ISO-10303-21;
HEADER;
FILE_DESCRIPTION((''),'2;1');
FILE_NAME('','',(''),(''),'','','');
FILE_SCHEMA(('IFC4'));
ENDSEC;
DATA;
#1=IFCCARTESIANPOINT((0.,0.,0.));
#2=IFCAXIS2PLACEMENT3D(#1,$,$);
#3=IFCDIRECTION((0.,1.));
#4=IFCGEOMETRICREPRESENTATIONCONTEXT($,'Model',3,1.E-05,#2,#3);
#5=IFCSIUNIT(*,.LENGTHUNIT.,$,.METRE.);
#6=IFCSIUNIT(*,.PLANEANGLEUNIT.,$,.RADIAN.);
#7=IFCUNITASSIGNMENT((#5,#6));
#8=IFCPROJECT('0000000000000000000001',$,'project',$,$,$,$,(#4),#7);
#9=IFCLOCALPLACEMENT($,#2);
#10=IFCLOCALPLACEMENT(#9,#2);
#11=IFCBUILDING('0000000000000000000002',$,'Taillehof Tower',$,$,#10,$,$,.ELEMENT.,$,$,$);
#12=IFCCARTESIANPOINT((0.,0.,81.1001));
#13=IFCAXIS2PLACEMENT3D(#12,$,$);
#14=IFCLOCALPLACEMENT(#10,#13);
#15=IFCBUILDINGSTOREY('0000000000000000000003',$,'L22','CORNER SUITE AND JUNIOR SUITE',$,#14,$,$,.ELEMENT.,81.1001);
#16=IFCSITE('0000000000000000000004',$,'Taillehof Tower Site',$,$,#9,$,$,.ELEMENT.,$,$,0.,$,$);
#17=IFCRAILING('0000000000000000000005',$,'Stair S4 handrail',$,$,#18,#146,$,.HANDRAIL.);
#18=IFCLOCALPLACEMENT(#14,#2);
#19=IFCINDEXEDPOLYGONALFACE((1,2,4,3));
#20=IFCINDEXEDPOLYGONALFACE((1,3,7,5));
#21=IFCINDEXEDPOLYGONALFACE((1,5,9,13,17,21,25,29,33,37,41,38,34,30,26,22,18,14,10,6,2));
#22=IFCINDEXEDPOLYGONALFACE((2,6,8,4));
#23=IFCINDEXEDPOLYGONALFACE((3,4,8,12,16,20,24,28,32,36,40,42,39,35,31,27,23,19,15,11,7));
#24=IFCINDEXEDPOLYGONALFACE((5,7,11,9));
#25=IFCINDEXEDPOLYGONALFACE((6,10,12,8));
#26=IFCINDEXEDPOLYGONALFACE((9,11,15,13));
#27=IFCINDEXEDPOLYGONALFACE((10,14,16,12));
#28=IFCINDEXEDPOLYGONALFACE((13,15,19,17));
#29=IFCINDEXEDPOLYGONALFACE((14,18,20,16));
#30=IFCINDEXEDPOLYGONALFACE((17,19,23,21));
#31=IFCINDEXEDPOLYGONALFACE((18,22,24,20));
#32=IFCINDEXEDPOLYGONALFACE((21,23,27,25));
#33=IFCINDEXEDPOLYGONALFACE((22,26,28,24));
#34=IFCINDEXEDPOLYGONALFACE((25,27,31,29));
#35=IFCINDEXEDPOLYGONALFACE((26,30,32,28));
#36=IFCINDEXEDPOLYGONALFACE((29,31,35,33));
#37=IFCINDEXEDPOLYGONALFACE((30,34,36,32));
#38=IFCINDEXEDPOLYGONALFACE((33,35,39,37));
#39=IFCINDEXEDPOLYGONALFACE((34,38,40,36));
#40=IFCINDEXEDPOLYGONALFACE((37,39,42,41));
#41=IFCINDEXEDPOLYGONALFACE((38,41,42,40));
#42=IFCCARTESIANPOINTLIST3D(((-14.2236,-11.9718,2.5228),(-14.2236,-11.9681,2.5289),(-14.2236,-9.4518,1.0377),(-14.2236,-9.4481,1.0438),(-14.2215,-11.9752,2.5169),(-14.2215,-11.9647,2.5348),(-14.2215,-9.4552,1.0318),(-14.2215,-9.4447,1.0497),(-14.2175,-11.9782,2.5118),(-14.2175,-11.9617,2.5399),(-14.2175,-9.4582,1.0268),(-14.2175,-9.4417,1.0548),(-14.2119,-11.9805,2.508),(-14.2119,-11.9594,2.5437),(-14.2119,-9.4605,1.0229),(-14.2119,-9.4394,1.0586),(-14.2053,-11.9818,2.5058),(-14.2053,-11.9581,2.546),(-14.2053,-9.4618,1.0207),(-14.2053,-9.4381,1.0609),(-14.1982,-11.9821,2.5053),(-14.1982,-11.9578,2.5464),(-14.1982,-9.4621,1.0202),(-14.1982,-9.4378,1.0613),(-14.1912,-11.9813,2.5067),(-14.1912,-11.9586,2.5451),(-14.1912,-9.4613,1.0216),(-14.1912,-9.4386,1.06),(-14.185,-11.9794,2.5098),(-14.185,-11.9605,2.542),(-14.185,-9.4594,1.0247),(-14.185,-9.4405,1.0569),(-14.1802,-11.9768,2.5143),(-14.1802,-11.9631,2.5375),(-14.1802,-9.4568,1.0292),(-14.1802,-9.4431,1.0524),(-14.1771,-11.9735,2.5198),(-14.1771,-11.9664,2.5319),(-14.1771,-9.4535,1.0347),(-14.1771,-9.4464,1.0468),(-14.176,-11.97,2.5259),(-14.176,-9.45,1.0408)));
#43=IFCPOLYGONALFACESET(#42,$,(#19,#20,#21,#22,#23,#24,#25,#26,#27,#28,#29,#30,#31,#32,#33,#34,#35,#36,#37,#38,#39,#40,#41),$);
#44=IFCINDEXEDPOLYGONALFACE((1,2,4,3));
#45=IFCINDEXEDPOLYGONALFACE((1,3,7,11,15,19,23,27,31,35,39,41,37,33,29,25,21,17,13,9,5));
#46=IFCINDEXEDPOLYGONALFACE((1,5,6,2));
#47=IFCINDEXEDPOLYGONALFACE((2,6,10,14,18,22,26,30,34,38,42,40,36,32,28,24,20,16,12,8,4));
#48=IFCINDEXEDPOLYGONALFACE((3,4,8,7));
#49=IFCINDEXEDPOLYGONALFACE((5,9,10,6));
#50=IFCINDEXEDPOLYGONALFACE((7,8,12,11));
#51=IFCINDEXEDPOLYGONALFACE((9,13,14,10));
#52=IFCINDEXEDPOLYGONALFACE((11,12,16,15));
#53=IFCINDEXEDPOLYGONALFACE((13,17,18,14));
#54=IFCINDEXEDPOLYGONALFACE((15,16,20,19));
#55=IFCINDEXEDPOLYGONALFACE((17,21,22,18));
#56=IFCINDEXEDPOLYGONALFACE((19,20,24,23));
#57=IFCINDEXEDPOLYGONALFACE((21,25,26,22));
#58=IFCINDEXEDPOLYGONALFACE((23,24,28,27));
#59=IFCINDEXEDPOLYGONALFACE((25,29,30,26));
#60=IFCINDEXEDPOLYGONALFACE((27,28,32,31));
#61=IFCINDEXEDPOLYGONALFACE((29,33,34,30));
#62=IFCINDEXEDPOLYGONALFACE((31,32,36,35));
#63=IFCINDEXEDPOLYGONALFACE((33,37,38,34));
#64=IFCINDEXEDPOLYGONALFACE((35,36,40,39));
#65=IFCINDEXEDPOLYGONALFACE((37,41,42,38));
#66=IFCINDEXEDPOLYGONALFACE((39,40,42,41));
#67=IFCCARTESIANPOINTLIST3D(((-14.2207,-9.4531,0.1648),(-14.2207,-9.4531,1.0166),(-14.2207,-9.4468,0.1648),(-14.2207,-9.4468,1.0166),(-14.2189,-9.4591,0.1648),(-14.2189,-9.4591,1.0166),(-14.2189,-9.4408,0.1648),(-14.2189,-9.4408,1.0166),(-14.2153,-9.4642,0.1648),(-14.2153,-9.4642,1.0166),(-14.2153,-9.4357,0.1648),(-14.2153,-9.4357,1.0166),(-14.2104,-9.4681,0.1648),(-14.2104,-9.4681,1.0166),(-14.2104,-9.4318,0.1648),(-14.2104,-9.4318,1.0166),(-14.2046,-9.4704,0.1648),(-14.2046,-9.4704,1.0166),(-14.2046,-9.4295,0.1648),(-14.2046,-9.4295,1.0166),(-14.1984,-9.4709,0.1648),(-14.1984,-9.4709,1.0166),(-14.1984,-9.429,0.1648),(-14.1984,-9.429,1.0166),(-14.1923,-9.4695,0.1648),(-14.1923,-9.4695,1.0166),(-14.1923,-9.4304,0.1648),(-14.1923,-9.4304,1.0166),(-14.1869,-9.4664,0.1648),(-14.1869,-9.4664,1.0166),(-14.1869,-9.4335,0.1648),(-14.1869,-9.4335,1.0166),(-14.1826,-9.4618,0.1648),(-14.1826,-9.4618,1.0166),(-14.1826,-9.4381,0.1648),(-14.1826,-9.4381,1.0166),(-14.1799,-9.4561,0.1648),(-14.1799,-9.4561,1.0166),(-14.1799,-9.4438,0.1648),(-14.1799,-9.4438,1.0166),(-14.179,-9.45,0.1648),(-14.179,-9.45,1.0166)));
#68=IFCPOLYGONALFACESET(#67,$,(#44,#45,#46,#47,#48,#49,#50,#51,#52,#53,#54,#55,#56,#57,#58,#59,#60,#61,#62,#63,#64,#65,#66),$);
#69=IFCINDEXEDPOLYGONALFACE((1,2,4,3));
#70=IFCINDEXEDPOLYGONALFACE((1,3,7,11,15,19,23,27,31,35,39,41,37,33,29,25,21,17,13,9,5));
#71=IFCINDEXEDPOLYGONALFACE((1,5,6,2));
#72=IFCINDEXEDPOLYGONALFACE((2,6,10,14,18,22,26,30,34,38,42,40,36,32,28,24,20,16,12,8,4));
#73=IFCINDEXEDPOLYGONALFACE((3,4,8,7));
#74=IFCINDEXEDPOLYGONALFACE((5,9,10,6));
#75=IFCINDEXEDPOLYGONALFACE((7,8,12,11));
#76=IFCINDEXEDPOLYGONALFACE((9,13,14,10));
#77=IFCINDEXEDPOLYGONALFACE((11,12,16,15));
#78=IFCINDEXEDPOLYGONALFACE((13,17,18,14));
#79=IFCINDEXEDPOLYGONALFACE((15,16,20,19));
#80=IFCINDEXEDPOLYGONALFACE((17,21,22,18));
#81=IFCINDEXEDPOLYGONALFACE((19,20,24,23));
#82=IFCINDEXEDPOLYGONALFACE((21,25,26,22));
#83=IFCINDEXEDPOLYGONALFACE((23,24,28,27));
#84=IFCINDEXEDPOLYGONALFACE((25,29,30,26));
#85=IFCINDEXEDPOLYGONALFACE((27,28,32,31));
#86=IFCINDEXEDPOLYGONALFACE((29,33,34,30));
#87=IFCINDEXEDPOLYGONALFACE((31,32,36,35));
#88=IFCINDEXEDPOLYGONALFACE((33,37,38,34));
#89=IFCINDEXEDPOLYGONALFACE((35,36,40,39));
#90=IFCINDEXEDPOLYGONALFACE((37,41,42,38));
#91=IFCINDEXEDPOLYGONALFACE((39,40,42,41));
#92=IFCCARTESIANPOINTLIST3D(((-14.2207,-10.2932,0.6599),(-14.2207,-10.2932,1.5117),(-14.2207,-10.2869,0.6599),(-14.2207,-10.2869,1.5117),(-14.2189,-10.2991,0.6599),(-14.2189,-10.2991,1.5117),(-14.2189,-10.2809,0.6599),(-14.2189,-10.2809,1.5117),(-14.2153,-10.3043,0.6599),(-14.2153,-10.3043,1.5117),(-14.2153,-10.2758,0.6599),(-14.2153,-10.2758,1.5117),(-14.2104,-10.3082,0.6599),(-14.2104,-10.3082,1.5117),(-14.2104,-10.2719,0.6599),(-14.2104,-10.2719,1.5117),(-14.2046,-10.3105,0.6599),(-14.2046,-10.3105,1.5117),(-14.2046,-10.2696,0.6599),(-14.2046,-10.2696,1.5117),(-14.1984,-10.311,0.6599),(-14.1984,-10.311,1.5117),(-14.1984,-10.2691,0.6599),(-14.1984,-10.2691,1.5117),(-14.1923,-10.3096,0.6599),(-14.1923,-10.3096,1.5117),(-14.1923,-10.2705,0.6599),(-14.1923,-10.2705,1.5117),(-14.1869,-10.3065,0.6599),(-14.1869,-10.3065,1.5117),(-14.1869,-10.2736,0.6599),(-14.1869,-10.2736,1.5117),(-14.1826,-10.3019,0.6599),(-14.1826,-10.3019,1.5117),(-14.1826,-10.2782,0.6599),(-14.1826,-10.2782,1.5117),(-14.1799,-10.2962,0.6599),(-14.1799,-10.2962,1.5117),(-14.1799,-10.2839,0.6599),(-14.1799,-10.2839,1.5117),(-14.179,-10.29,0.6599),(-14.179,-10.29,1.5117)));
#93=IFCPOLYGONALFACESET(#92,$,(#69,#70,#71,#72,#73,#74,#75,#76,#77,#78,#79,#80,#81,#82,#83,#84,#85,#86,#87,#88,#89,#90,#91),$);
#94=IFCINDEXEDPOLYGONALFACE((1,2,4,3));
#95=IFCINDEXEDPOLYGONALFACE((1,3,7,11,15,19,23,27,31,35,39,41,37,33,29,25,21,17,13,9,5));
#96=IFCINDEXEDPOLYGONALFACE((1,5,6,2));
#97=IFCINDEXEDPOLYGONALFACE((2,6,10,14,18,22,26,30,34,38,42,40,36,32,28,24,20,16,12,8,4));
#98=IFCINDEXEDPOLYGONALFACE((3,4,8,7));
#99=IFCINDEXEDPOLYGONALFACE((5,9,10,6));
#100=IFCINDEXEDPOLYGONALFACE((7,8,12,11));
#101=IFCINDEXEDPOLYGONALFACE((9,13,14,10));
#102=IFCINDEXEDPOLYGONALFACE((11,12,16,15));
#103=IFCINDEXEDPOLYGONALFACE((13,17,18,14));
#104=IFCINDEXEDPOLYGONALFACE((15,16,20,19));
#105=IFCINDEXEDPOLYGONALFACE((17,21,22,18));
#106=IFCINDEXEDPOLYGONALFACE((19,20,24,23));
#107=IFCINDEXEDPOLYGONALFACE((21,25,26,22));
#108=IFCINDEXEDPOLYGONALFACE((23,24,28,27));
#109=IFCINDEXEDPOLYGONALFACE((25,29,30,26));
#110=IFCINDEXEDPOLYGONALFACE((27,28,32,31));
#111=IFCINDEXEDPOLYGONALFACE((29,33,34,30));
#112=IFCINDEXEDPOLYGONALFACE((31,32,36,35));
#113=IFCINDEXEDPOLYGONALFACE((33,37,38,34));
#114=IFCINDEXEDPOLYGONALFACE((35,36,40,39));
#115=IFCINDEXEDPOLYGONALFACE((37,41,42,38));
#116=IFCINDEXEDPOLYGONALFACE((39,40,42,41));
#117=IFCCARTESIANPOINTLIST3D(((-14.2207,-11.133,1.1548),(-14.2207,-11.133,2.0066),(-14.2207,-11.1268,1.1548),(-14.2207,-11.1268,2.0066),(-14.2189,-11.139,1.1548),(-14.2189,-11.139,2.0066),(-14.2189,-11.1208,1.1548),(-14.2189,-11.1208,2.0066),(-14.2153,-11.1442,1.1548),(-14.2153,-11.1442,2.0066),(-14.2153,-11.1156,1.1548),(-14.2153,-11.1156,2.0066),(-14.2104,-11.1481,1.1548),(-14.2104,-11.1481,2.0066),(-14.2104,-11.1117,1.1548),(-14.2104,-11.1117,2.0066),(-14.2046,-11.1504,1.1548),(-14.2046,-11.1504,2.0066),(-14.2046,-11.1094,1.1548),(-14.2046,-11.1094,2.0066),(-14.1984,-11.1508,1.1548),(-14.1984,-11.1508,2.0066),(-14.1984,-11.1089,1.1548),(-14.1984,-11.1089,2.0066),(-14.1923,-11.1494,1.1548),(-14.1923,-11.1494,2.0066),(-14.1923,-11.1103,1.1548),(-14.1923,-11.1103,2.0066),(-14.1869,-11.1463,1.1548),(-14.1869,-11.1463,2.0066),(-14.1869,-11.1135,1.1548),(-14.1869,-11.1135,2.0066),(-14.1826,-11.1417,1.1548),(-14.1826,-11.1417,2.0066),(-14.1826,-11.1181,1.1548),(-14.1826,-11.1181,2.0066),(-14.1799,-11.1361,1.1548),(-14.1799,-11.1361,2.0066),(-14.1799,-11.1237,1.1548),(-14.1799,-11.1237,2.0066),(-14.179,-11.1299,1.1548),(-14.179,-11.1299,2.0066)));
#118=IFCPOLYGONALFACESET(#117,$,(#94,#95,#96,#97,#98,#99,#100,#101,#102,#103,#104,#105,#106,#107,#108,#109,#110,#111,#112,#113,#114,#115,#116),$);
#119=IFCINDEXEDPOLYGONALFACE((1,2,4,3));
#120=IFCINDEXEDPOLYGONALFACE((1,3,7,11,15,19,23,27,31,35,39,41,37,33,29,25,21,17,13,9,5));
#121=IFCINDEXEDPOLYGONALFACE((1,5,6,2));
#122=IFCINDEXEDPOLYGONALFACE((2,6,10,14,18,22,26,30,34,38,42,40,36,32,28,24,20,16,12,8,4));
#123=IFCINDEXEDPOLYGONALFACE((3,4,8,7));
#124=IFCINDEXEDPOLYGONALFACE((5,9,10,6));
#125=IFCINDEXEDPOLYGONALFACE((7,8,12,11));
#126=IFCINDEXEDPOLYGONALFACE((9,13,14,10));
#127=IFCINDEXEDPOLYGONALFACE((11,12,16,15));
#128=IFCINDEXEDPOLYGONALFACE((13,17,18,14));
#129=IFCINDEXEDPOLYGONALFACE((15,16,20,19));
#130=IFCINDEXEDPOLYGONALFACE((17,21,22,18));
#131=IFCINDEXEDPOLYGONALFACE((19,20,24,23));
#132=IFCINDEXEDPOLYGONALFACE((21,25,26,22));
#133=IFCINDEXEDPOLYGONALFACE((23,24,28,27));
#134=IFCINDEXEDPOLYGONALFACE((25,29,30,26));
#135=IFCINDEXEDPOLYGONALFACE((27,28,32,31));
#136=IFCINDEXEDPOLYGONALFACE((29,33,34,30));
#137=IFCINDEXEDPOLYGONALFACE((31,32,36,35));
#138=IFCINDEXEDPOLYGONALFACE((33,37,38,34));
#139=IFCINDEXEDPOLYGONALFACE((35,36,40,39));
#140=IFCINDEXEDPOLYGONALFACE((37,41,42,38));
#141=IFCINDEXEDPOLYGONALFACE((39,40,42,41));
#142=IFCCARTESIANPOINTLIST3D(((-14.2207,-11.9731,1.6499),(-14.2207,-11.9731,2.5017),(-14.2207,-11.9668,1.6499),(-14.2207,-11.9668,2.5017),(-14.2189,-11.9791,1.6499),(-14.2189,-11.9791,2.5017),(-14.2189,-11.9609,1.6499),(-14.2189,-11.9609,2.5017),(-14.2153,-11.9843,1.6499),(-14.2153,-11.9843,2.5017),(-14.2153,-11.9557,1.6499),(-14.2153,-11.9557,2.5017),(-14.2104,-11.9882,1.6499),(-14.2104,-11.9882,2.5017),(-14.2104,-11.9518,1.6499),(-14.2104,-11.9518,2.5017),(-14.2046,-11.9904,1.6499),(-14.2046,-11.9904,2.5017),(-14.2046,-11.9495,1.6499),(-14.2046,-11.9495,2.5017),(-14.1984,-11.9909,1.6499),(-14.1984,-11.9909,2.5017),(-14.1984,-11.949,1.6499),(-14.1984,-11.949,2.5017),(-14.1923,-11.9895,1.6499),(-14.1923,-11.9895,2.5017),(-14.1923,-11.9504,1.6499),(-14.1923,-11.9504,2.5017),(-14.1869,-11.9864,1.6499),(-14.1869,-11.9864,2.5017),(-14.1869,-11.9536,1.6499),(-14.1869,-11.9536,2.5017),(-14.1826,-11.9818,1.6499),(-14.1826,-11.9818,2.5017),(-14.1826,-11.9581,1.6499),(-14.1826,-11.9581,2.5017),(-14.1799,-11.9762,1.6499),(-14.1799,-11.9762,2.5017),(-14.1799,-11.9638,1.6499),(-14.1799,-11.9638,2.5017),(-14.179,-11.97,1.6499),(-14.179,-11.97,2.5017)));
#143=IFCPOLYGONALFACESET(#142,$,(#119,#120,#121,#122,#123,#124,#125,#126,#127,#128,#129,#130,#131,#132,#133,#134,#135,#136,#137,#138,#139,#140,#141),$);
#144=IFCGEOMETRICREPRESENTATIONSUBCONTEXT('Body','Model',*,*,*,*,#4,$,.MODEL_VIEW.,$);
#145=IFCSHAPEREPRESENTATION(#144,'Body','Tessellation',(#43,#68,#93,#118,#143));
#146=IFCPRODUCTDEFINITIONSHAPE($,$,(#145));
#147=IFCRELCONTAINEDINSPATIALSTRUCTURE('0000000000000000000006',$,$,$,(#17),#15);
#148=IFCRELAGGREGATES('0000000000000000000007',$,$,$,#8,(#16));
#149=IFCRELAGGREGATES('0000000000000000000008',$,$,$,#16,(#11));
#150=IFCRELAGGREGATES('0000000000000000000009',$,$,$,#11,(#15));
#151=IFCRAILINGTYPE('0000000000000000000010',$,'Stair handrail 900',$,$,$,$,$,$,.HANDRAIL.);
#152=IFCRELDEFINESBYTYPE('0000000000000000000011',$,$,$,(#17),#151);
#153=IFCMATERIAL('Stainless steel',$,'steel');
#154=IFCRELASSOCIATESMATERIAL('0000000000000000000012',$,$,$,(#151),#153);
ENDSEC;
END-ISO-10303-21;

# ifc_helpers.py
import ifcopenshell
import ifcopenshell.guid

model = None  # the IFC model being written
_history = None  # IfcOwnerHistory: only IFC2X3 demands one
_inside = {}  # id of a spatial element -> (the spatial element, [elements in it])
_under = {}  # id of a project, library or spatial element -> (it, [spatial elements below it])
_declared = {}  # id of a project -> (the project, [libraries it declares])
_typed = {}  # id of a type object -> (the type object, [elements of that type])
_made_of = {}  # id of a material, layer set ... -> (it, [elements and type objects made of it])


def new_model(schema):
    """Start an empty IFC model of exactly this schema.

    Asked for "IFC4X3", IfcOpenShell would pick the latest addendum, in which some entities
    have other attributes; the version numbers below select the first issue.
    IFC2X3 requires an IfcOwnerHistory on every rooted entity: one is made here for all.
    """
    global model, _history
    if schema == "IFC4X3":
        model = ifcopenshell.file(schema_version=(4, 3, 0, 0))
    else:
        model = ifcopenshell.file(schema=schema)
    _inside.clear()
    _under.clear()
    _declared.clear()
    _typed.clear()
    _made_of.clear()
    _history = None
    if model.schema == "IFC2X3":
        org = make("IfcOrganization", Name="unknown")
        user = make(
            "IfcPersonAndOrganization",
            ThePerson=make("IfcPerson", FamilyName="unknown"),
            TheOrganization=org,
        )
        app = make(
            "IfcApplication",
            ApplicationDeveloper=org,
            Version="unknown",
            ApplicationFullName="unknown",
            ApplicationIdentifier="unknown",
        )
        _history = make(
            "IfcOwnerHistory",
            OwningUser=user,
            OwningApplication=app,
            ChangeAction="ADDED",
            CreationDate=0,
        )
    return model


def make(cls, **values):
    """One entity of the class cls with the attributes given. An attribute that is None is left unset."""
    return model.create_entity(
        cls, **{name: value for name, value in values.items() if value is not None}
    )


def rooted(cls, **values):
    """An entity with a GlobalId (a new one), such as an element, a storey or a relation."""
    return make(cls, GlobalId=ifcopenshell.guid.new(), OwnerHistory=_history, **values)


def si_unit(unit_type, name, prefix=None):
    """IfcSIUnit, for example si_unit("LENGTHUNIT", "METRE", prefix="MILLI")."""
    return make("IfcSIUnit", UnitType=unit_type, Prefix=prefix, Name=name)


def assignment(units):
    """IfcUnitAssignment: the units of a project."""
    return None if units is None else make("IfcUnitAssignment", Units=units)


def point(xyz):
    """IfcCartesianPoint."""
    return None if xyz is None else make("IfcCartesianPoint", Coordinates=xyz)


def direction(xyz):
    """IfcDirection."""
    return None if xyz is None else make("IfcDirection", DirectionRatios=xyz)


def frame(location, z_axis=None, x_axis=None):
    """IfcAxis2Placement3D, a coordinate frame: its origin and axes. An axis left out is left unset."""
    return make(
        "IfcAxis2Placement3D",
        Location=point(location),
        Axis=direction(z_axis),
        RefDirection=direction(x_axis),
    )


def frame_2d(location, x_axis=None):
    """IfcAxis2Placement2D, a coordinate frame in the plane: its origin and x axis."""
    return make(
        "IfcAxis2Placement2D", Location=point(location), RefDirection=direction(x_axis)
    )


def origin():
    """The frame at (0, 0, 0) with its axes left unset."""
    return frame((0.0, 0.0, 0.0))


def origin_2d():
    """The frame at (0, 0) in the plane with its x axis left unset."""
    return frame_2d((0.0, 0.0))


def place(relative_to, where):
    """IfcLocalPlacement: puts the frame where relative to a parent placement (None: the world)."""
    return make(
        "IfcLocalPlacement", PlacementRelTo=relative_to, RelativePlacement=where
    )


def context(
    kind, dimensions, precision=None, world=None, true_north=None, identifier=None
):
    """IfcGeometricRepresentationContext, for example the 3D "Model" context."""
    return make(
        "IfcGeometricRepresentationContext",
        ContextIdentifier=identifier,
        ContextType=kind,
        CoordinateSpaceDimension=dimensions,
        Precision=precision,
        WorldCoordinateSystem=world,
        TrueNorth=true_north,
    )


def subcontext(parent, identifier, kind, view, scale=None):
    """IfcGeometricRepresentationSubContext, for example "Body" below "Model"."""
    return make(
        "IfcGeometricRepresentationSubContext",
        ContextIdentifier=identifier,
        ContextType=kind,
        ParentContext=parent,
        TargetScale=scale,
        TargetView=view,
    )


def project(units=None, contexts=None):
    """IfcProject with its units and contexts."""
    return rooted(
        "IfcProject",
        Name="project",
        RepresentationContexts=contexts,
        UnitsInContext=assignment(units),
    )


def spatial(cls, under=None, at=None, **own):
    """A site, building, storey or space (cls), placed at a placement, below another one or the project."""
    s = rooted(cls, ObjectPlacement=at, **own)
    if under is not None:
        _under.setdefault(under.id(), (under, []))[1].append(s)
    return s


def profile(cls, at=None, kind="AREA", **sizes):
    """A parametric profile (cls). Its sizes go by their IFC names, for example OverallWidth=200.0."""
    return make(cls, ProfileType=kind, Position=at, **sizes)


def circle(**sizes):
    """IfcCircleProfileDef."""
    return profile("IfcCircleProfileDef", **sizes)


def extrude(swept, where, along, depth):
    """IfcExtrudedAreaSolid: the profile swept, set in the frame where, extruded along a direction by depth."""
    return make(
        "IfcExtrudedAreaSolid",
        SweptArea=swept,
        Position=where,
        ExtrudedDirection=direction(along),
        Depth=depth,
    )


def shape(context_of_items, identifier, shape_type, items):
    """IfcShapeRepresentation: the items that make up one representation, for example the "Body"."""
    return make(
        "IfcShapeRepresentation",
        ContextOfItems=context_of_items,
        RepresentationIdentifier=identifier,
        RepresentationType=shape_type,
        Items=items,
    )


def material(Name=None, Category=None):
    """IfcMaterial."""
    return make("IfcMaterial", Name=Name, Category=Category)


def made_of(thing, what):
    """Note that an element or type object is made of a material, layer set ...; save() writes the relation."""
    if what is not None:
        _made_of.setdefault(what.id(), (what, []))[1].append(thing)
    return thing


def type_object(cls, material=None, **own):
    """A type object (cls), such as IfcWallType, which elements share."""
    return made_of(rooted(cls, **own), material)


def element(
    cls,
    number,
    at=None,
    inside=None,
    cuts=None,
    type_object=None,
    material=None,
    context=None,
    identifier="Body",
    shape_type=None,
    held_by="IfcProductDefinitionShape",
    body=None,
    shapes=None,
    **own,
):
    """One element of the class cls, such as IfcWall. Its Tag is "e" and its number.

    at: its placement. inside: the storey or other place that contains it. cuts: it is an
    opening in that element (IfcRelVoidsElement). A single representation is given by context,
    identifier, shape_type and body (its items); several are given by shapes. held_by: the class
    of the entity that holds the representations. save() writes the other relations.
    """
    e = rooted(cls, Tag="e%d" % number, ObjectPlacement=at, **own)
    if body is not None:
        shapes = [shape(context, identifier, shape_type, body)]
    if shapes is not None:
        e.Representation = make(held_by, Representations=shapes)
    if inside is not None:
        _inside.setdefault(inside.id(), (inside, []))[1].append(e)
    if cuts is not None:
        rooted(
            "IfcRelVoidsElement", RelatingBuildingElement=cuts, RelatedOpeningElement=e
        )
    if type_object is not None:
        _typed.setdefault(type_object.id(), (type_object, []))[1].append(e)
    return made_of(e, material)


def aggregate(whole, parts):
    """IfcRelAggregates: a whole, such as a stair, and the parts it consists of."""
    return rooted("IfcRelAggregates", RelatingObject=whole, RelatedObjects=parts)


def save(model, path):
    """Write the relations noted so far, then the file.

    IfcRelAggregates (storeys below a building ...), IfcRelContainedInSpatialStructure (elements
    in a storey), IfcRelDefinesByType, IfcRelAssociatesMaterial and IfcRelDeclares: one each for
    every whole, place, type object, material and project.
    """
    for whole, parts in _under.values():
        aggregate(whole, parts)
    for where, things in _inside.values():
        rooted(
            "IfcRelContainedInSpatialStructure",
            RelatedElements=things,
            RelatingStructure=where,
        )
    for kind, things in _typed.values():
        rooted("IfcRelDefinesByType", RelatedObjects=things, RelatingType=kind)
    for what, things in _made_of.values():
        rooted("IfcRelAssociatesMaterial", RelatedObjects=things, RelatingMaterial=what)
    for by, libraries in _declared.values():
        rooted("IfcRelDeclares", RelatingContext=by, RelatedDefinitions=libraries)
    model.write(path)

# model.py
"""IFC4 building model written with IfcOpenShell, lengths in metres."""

from ifc_helpers import new_model, si_unit, direction, frame, origin, origin_2d, place, context, subcontext, project, spatial, circle, extrude, material, type_object, element, save


model = new_model("IFC4")

# Units and contexts
model_context = context("Model", 3, precision=1e-05, world=origin(), true_north=direction((0.0, 1.0)))
body_context = subcontext(model_context, "Body", "Model", "MODEL_VIEW")
ifc_project = project(units=[si_unit("LENGTHUNIT", "METRE"), si_unit("PLANEANGLEUNIT", "RADIAN")], contexts=[model_context])

# Site, building, storey
site_placement = place(None, origin())
site = spatial("IfcSite", under=ifc_project, at=site_placement, Name="Taillehof Tower Site", CompositionType="ELEMENT", RefElevation=0.0)
building_placement = place(site_placement, origin())
building = spatial("IfcBuilding", under=site, at=building_placement, Name="Taillehof Tower", CompositionType="ELEMENT")
storey_placement = place(building_placement, frame((0.0, 0.0, 81.1001)))
storey = spatial("IfcBuildingStorey", under=building, at=storey_placement, Name="L22", Description="CORNER SUITE AND JUNIOR SUITE", CompositionType="ELEMENT", Elevation=81.1001)

# Railing
ifc_material_1 = material(Name="Stainless steel", Category="steel")
railing_type = type_object("IfcRailingType", Name="Stair handrail 900", PredefinedType="HANDRAIL", material=ifc_material_1)
railing_placement = place(storey_placement, frame((-14.2, -9.45, 0.1648)))
element("IfcRailing", 1, at=railing_placement, inside=storey, type_object=railing_type, Name="Stair S4 handrail", PredefinedType="HANDRAIL", context=body_context, shape_type="SweptSolid", body=[
    extrude(circle(Radius=0.0239, at=origin_2d()), frame((0.0, 0.0, 0.876), z_axis=(0.0, -0.861524, 0.507717), x_axis=(1.0, 0.0, 0.0)), (0.0, 0.0, 1.0), 2.925),
    extrude(circle(Radius=0.021, at=origin_2d()), origin(), (0.0, 0.0, 1.0), 0.8518),
    extrude(circle(Radius=0.021, at=origin_2d()), frame((0.0, -0.8401, 0.4951)), (0.0, 0.0, 1.0), 0.8518),
    extrude(circle(Radius=0.021, at=origin_2d()), frame((0.0, -1.6799, 0.99)), (0.0, 0.0, 1.0), 0.8518),
    extrude(circle(Radius=0.021, at=origin_2d()), frame((0.0, -2.52, 1.4851)), (0.0, 0.0, 1.0), 0.8518),
])

save(model, "model.ifc")
